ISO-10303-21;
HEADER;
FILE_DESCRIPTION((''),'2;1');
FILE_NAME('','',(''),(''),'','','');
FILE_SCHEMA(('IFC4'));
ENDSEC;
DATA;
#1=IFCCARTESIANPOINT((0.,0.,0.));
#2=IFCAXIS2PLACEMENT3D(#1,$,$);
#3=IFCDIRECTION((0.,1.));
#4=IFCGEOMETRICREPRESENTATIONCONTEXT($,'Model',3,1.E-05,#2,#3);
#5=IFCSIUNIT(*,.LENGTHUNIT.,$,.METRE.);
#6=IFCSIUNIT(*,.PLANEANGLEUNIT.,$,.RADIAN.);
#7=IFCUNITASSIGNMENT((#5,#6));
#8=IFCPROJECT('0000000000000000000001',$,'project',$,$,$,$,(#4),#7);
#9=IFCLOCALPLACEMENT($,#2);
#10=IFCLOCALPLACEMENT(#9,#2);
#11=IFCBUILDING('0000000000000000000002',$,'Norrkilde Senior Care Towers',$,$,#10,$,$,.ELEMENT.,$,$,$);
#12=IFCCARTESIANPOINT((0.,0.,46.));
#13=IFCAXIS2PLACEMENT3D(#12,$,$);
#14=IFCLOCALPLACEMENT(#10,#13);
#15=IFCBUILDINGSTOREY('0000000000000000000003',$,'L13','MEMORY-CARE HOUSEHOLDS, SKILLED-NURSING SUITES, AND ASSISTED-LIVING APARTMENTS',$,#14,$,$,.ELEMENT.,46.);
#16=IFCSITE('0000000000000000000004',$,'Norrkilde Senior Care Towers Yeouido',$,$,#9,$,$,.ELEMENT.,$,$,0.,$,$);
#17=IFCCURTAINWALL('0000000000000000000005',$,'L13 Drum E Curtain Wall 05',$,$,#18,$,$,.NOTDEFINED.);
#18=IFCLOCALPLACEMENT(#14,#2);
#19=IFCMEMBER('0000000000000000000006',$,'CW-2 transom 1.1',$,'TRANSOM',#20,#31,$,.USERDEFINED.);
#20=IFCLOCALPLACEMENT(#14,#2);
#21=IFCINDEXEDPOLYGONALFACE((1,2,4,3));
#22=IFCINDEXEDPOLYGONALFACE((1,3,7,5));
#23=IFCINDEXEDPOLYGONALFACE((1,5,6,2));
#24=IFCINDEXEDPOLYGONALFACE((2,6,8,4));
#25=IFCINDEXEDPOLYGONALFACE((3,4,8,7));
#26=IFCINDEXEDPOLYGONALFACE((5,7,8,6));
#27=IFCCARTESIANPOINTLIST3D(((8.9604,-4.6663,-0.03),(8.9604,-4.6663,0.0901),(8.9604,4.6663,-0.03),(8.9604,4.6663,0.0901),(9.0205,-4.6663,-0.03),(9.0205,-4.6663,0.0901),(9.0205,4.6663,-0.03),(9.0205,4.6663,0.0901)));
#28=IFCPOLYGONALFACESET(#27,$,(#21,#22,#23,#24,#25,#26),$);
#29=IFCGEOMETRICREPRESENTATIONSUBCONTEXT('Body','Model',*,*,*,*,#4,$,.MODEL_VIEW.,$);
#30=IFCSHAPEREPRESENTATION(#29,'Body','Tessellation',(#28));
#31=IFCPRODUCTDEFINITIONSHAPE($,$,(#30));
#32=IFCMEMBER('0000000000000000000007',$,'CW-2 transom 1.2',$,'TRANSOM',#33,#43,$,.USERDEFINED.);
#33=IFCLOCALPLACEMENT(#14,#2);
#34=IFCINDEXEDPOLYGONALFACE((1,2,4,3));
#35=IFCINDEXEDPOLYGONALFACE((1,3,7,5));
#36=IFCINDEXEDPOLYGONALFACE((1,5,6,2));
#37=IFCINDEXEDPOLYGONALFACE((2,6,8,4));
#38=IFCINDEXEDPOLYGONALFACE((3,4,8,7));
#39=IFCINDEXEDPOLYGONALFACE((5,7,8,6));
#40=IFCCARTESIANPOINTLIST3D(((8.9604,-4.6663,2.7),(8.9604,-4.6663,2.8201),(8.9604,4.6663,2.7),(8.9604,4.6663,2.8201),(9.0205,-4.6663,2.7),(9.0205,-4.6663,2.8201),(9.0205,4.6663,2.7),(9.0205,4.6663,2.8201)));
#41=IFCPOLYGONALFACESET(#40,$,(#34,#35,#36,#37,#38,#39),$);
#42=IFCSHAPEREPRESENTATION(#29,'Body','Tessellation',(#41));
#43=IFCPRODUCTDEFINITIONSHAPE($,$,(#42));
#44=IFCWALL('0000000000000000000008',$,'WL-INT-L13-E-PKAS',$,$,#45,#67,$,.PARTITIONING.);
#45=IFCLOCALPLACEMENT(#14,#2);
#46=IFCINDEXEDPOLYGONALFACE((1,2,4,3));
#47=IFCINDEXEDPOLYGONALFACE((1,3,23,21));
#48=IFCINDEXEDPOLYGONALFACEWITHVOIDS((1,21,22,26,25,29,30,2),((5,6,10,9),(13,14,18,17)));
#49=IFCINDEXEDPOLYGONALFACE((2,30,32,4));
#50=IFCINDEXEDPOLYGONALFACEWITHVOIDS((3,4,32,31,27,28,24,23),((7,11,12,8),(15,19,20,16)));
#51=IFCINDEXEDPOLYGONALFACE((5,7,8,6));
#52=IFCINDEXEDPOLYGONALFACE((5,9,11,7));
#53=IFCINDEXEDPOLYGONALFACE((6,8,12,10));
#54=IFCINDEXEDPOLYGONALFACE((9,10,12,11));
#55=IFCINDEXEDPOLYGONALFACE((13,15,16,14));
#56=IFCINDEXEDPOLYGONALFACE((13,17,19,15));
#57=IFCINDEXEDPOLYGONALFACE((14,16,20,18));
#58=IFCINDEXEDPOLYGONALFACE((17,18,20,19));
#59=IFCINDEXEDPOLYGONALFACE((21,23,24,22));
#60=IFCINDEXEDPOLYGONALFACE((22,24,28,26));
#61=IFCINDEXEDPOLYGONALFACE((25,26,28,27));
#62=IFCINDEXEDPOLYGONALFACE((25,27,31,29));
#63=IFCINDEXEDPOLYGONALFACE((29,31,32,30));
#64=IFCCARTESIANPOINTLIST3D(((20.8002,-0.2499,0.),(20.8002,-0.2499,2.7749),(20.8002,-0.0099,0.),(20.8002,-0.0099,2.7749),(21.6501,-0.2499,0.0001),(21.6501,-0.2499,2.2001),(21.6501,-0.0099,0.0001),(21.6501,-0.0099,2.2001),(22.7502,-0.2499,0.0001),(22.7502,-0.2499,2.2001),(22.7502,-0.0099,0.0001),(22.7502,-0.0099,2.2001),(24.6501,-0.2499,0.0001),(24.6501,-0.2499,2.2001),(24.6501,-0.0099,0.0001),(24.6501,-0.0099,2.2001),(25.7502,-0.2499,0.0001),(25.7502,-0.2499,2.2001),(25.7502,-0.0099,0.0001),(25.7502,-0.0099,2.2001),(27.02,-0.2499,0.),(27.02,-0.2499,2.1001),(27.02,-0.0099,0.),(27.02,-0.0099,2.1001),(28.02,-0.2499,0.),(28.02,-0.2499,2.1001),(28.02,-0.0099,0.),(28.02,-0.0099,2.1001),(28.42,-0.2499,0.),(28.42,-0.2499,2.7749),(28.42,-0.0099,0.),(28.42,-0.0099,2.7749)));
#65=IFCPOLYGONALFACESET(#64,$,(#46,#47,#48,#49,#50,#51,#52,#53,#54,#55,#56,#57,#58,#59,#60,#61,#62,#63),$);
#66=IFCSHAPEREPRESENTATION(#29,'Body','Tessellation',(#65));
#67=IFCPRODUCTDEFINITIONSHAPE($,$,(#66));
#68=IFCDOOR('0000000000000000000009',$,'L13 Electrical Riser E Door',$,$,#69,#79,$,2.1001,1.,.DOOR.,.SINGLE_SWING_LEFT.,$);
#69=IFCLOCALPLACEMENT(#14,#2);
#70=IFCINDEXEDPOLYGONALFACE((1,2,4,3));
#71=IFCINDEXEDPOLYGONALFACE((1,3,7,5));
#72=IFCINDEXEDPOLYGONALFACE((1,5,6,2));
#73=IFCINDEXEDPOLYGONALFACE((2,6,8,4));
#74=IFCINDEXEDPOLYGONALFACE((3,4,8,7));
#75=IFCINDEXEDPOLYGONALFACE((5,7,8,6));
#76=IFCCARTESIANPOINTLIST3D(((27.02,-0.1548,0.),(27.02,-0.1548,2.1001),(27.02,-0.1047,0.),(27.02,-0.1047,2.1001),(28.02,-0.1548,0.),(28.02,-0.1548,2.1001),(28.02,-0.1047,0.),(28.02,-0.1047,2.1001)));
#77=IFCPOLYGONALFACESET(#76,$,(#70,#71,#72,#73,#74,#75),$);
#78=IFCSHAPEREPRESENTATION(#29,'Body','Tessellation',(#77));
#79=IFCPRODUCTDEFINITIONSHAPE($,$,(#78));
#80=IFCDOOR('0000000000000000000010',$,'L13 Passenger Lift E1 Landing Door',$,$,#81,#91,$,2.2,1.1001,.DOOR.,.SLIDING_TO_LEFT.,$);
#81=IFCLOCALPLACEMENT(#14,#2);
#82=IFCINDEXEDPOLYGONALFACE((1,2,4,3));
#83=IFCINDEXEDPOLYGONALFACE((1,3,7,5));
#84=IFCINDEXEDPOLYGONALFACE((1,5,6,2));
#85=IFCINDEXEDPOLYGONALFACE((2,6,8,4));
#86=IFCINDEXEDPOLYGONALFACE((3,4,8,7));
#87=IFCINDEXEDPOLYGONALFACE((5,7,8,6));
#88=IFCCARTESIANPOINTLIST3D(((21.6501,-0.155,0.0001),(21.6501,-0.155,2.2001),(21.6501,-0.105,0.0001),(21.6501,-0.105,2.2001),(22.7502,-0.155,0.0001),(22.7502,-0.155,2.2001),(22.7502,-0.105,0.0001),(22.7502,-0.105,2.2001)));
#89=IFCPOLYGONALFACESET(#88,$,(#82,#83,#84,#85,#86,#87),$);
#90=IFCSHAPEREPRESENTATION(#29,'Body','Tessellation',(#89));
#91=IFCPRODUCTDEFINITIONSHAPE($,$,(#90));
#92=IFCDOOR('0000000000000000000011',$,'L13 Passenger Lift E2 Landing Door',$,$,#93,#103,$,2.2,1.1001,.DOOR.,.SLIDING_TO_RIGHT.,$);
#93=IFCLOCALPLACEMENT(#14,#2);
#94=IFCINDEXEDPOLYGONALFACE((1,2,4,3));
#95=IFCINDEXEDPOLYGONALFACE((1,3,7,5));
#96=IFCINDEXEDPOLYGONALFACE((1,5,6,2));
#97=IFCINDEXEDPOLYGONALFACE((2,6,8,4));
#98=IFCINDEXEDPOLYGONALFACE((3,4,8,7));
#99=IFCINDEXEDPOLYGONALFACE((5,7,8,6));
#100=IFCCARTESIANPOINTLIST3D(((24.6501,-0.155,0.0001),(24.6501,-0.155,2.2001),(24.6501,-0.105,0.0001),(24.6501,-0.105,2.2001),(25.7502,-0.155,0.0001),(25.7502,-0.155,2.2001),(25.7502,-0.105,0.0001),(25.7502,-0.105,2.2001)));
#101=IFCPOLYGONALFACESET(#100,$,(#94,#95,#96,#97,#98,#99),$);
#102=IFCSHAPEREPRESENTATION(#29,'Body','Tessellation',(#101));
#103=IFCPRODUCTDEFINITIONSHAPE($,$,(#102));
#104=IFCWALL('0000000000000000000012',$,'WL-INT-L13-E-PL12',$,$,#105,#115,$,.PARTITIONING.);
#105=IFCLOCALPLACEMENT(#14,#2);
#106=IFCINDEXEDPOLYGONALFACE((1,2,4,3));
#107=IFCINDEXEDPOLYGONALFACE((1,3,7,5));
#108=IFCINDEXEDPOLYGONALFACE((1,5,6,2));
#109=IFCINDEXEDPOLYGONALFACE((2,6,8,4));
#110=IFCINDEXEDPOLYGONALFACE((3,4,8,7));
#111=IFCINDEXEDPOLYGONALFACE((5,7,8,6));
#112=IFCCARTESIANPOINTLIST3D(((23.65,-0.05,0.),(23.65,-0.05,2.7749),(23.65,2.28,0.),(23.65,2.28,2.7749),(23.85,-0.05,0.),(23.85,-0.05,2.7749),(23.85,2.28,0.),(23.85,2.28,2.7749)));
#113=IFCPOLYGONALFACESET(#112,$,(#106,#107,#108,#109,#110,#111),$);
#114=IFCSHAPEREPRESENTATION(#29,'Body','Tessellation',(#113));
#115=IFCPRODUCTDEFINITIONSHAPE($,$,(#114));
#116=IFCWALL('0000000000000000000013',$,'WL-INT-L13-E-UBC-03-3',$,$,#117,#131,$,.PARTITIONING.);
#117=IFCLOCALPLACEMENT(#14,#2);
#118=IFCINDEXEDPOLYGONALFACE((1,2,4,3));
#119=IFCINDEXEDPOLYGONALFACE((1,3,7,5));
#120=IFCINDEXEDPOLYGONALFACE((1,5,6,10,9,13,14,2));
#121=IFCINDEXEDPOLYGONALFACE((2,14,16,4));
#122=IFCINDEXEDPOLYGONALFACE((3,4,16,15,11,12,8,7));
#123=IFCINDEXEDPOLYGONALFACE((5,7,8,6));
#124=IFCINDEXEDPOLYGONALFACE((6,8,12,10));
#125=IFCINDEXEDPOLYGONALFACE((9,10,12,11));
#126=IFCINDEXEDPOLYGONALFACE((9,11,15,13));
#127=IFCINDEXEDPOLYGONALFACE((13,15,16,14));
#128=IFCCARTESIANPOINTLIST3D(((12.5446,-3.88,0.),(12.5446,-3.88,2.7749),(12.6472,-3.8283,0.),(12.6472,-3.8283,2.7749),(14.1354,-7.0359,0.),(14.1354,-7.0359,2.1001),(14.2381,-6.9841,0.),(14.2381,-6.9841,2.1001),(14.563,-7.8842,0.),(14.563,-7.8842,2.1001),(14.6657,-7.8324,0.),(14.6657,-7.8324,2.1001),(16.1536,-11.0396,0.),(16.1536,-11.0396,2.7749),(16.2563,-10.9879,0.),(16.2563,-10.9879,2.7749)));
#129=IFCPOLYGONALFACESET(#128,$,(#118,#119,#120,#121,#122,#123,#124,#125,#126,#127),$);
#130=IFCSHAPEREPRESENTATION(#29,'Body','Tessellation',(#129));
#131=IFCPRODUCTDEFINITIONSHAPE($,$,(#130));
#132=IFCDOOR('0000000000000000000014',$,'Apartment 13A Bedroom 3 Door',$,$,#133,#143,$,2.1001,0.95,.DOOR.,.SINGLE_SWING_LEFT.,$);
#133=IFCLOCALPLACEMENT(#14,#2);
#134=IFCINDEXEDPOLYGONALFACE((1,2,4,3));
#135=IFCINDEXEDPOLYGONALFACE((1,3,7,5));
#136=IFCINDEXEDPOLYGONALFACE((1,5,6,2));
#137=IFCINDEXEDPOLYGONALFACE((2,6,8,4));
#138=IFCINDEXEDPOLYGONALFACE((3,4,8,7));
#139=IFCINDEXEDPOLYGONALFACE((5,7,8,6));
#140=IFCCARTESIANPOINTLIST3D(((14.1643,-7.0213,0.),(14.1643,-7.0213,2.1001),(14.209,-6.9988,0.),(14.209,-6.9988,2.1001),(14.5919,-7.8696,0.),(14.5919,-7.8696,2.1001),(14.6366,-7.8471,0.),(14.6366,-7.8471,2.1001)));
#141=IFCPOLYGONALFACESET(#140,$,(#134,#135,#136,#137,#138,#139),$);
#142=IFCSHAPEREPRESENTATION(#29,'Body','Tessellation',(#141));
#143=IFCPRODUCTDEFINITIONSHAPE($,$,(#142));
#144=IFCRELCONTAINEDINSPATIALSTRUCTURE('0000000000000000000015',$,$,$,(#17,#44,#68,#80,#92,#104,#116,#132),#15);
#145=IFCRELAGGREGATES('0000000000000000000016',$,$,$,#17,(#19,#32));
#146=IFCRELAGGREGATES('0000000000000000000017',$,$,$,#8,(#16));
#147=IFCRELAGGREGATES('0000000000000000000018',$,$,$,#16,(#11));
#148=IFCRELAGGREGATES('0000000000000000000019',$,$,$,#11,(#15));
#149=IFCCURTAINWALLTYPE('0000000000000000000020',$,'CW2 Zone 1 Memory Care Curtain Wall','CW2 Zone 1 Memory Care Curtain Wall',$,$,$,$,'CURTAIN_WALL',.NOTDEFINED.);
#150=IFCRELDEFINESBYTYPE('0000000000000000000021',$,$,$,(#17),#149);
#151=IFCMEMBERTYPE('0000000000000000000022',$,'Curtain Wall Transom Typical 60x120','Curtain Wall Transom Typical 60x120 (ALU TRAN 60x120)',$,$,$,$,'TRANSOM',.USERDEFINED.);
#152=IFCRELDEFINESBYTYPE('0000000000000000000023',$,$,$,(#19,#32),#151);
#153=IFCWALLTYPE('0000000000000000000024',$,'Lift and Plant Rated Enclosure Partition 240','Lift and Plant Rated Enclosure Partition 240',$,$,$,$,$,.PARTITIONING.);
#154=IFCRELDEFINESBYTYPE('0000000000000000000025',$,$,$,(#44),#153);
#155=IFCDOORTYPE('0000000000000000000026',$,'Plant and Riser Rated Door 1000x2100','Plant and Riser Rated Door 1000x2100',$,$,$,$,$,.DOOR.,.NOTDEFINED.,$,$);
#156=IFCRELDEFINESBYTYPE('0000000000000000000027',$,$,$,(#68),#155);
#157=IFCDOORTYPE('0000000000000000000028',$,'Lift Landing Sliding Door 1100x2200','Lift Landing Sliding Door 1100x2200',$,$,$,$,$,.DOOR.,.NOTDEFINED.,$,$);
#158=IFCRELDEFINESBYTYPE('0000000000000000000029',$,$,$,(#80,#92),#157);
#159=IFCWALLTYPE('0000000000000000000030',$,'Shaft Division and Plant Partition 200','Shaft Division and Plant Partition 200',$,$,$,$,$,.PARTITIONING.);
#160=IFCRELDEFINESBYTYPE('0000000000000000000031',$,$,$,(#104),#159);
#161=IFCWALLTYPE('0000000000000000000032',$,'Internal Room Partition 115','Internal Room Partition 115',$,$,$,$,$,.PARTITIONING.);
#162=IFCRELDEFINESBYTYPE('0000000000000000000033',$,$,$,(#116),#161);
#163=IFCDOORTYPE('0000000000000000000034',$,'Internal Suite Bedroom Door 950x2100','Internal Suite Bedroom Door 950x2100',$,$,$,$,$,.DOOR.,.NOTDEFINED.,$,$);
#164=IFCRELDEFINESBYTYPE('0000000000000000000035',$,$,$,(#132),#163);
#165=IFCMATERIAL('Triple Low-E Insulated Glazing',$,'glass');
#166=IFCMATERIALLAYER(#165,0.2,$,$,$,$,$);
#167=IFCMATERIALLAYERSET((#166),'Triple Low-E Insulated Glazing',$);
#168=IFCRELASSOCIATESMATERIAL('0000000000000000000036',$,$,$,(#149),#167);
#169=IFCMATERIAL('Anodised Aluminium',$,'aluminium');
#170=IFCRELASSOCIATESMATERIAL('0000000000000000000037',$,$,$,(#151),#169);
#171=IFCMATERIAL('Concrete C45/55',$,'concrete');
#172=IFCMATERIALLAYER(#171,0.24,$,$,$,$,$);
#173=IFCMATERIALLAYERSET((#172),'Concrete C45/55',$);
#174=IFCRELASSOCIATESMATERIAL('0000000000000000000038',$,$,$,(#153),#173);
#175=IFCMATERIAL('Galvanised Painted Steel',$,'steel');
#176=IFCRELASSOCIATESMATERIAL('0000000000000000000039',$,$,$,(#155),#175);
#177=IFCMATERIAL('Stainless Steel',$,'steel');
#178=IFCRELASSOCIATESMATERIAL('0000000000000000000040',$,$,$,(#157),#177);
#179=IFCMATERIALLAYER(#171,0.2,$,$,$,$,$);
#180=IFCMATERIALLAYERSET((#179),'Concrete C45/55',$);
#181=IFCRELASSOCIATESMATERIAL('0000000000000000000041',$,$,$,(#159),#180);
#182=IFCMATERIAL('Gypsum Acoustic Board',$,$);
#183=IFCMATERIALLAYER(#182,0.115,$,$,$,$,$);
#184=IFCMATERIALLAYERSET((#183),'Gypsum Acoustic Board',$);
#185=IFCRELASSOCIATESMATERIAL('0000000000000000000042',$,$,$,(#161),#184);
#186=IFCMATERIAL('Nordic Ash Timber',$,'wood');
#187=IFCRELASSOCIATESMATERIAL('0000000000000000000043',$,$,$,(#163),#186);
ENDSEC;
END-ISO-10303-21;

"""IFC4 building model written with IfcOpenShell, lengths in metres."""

from ifc_helpers import new_model, si_unit, direction, frame, frame_2d, origin, origin_2d, place, context, subcontext, project, spatial, rectangle, extrude, source, transform, mapped, material, layer, layer_set, material_profile, profile_set, type_object, type_shapes, element, fill, aggregate, save


model = new_model("IFC4")

# Units and contexts
model_context = context("Model", 3, precision=1e-05, world=origin(), true_north=direction((0.0, 1.0)))
body_context = subcontext(model_context, "Body", "Model", "MODEL_VIEW")
ifc_project = project(units=[si_unit("LENGTHUNIT", "METRE"), si_unit("PLANEANGLEUNIT", "RADIAN")], contexts=[model_context])

# Site, building, storey
site_placement = place(None, origin())
site = spatial("IfcSite", under=ifc_project, at=site_placement, Name="Norrkilde Senior Care Towers Yeouido", CompositionType="ELEMENT", RefElevation=0.0)
building_placement = place(site_placement, origin())
building = spatial("IfcBuilding", under=site, at=building_placement, Name="Norrkilde Senior Care Towers", CompositionType="ELEMENT")
storey_placement = place(building_placement, frame((0.0, 0.0, 46.0)))
storey = spatial("IfcBuildingStorey", under=building, at=storey_placement, Name="L13", Description="MEMORY-CARE HOUSEHOLDS, SKILLED-NURSING SUITES, AND ASSISTED-LIVING APARTMENTS", CompositionType="ELEMENT", Elevation=46.0)

# Curtain wall
ifc_material_1 = material(Name="Triple Low-E Insulated Glazing", Category="glass")
ifc_layer_1 = layer(ifc_material_1, 0.2)
ifc_layer_set_1 = layer_set([ifc_layer_1], Name="Triple Low-E Insulated Glazing")
curtain_wall_type = type_object("IfcCurtainWallType", Name="CW2 Zone 1 Memory Care Curtain Wall", Description="CW2 Zone 1 Memory Care Curtain Wall", ElementType="CURTAIN_WALL", PredefinedType="NOTDEFINED", material=ifc_layer_set_1)
curtain_wall_1_placement = place(storey_placement, origin())
curtain_wall_1 = element("IfcCurtainWall", 1, at=curtain_wall_1_placement, inside=storey, type_object=curtain_wall_type, Name="L13 Drum E Curtain Wall 05", PredefinedType="NOTDEFINED")
ifc_material_2 = material(Name="Anodised Aluminium", Category="aluminium")

# Members
ifc_material_profile_1 = material_profile(ifc_material_2, rectangle(XDim=0.0601, YDim=0.1201, at=origin_2d()), Name="ALU TRAN 60x120")
ifc_profile_set_1 = profile_set([ifc_material_profile_1], Name="Anodised Aluminium")
member_type_1 = type_object("IfcMemberType", Name="Curtain Wall Transom Typical 60x120", Description="Curtain Wall Transom Typical 60x120 (ALU TRAN 60x120)", ElementType="TRANSOM", PredefinedType="USERDEFINED", material=ifc_profile_set_1)
shared_shape_1 = source(origin(), body_context, "Body", "SweptSolid", [
    extrude(rectangle(XDim=0.0601, YDim=0.1201, at=origin_2d()), origin(), (0.0, 0.0, 1.0), 9.3325),
])
type_shapes(member_type_1, [shared_shape_1])
member_1_placement = place(storey_placement, frame((8.9905, -4.6663, 0.03), z_axis=(0.0, 1.0, 0.0), x_axis=(-1.0, 0.0, 0.0)))
member_1 = element("IfcMember", 2, at=member_1_placement, type_object=member_type_1, Name="CW-2 transom 1.1", ObjectType="TRANSOM", PredefinedType="USERDEFINED", context=body_context, shape_type="MappedRepresentation", body=[
    mapped(shared_shape_1, transform((0.0, 0.0, 0.0), x_axis=(1.0, 0.0, 0.0), y_axis=(0.0, 1.0, 0.0), z_axis=(0.0, 0.0, 1.0), scale=1.0)),
])
member_2_placement = place(storey_placement, frame((8.9905, -4.6663, 2.76), z_axis=(0.0, 1.0, 0.0), x_axis=(-1.0, 0.0, 0.0)))
member_2 = element("IfcMember", 3, at=member_2_placement, type_object=member_type_1, Name="CW-2 transom 1.2", ObjectType="TRANSOM", PredefinedType="USERDEFINED", context=body_context, shape_type="MappedRepresentation", body=[
    mapped(shared_shape_1, transform((0.0, 0.0, 0.0), x_axis=(1.0, 0.0, 0.0), y_axis=(0.0, 1.0, 0.0), z_axis=(0.0, 0.0, 1.0), scale=1.0)),
])
aggregate(curtain_wall_1, [member_1, member_2])

# Shared definitions
ifc_material_3 = material(Name="Galvanised Painted Steel", Category="steel")

# Wall, openings, doors
ifc_material_4 = material(Name="Concrete C45/55", Category="concrete")
ifc_layer_2 = layer(ifc_material_4, 0.24)
ifc_layer_set_2 = layer_set([ifc_layer_2], Name="Concrete C45/55")
wall_type_1 = type_object("IfcWallType", Name="Lift and Plant Rated Enclosure Partition 240", Description="Lift and Plant Rated Enclosure Partition 240", PredefinedType="PARTITIONING", material=ifc_layer_set_2)
shared_shape_2 = source(origin(), body_context, "Body", "SweptSolid", [
    extrude(rectangle(XDim=7.6199, YDim=0.24, at=frame_2d((3.8101, 0.0))), origin(), (0.0, 0.0, 1.0), 2.7749),
])
type_shapes(wall_type_1, [shared_shape_2])
wall_1_placement = place(storey_placement, frame((20.8, -0.1299, 0.0), z_axis=(0.0, 0.0, 1.0), x_axis=(1.0, 0.0, 0.0)))
wall_1 = element("IfcWall", 4, at=wall_1_placement, inside=storey, type_object=wall_type_1, Name="WL-INT-L13-E-PKAS", PredefinedType="PARTITIONING", context=body_context, shape_type="MappedRepresentation", body=[
    mapped(shared_shape_2, transform((0.0, 0.0, 0.0), x_axis=(1.0, 0.0, 0.0), y_axis=(0.0, 1.0, 0.0), z_axis=(0.0, 0.0, 1.0), scale=1.0)),
])
opening_1_placement = place(wall_1_placement, frame((6.22, 0.0, 0.0)))
opening_1 = element("IfcOpeningElement", 5, at=opening_1_placement, cuts=wall_1, PredefinedType="OPENING", context=body_context, shape_type="SweptSolid", body=[
    extrude(rectangle(XDim=1.0, YDim=2.1001, at=frame_2d((0.5, 1.05))), frame((0.0, 0.1299, 0.0), z_axis=(0.0, -1.0, 0.0), x_axis=(1.0, 0.0, 0.0)), (0.0, 0.0, 1.0), 0.26),
])
opening_2_placement = place(wall_1_placement, frame((0.8501, 0.0, 0.0)))
opening_2 = element("IfcOpeningElement", 6, at=opening_2_placement, cuts=wall_1, PredefinedType="OPENING", context=body_context, shape_type="SweptSolid", body=[
    extrude(rectangle(XDim=1.1001, YDim=2.2, at=frame_2d((0.55, 1.1001))), frame((0.0, 0.1299, 0.0), z_axis=(0.0, -1.0, 0.0), x_axis=(1.0, 0.0, 0.0)), (0.0, 0.0, 1.0), 0.26),
])
opening_3_placement = place(wall_1_placement, frame((3.8501, 0.0, 0.0)))
opening_3 = element("IfcOpeningElement", 7, at=opening_3_placement, cuts=wall_1, PredefinedType="OPENING", context=body_context, shape_type="SweptSolid", body=[
    extrude(rectangle(XDim=1.1001, YDim=2.2, at=frame_2d((0.55, 1.1001))), frame((0.0, 0.1299, 0.0), z_axis=(0.0, -1.0, 0.0), x_axis=(1.0, 0.0, 0.0)), (0.0, 0.0, 1.0), 0.26),
])
door_type_1 = type_object("IfcDoorType", Name="Plant and Riser Rated Door 1000x2100", Description="Plant and Riser Rated Door 1000x2100", OperationType="NOTDEFINED", PredefinedType="DOOR", material=ifc_material_3)
shared_shape_3 = source(origin(), body_context, "Body", "SweptSolid", [
    extrude(rectangle(XDim=1.0, YDim=2.1001, at=frame_2d((0.5, 1.05))), frame((0.0, 0.0249, 0.0), z_axis=(0.0, -1.0, 0.0), x_axis=(1.0, 0.0, 0.0)), (0.0, 0.0, 1.0), 0.05),
])
type_shapes(door_type_1, [shared_shape_3])
door_1_placement = place(opening_1_placement, frame((1.0, 0.0, 0.0), z_axis=(0.0, 0.0, 1.0), x_axis=(-1.0, 0.0, 0.0)))
door_1 = element("IfcDoor", 8, at=door_1_placement, inside=storey, type_object=door_type_1, Name="L13 Electrical Riser E Door", OperationType="SINGLE_SWING_LEFT", OverallHeight=2.1001, OverallWidth=1.0, PredefinedType="DOOR", context=body_context, shape_type="MappedRepresentation", body=[
    mapped(shared_shape_3, transform((0.0, 0.0, 0.0), x_axis=(1.0, 0.0, 0.0), y_axis=(0.0, 1.0, 0.0), z_axis=(0.0, 0.0, 1.0), scale=1.0)),
])
fill(opening_1, door_1)
ifc_material_5 = material(Name="Stainless Steel", Category="steel")
door_type_2 = type_object("IfcDoorType", Name="Lift Landing Sliding Door 1100x2200", Description="Lift Landing Sliding Door 1100x2200", OperationType="NOTDEFINED", PredefinedType="DOOR", material=ifc_material_5)
shared_shape_4 = source(origin(), body_context, "Body", "SweptSolid", [
    extrude(rectangle(XDim=1.1001, YDim=2.2, at=frame_2d((0.55, 1.1001))), frame((0.0, 0.0249, 0.0), z_axis=(0.0, -1.0, 0.0), x_axis=(1.0, 0.0, 0.0)), (0.0, 0.0, 1.0), 0.05),
])
type_shapes(door_type_2, [shared_shape_4])
door_2_placement = place(opening_2_placement, origin())
door_2 = element("IfcDoor", 9, at=door_2_placement, inside=storey, type_object=door_type_2, Name="L13 Passenger Lift E1 Landing Door", OperationType="SLIDING_TO_LEFT", OverallHeight=2.2, OverallWidth=1.1001, PredefinedType="DOOR", context=body_context, shape_type="MappedRepresentation", body=[
    mapped(shared_shape_4, transform((0.0, 0.0, 0.0), x_axis=(1.0, 0.0, 0.0), y_axis=(0.0, 1.0, 0.0), z_axis=(0.0, 0.0, 1.0), scale=1.0)),
])
fill(opening_2, door_2)
door_3_placement = place(opening_3_placement, origin())
door_3 = element("IfcDoor", 10, at=door_3_placement, inside=storey, type_object=door_type_2, Name="L13 Passenger Lift E2 Landing Door", OperationType="SLIDING_TO_RIGHT", OverallHeight=2.2, OverallWidth=1.1001, PredefinedType="DOOR", context=body_context, shape_type="MappedRepresentation", body=[
    mapped(shared_shape_4, transform((0.0, 0.0, 0.0), x_axis=(1.0, 0.0, 0.0), y_axis=(0.0, 1.0, 0.0), z_axis=(0.0, 0.0, 1.0), scale=1.0)),
])
fill(opening_3, door_3)

# Wall
ifc_layer_3 = layer(ifc_material_4, 0.2)
ifc_layer_set_3 = layer_set([ifc_layer_3], Name="Concrete C45/55")
wall_type_2 = type_object("IfcWallType", Name="Shaft Division and Plant Partition 200", Description="Shaft Division and Plant Partition 200", PredefinedType="PARTITIONING", material=ifc_layer_set_3)
shared_shape_5 = source(origin(), body_context, "Body", "SweptSolid", [
    extrude(rectangle(XDim=2.3301, YDim=0.2, at=frame_2d((1.165, 0.0))), origin(), (0.0, 0.0, 1.0), 2.7749),
])
type_shapes(wall_type_2, [shared_shape_5])
wall_2_placement = place(storey_placement, frame((23.75, -0.05, 0.0), z_axis=(0.0, 0.0, 1.0), x_axis=(0.0, 1.0, 0.0)))
element("IfcWall", 11, at=wall_2_placement, inside=storey, type_object=wall_type_2, Name="WL-INT-L13-E-PL12", PredefinedType="PARTITIONING", context=body_context, shape_type="MappedRepresentation", body=[
    mapped(shared_shape_5, transform((0.0, 0.0, 0.0), x_axis=(1.0, 0.0, 0.0), y_axis=(0.0, 1.0, 0.0), z_axis=(0.0, 0.0, 1.0), scale=1.0)),
])

# Wall, opening, door
ifc_material_6 = material(Name="Gypsum Acoustic Board")
ifc_layer_4 = layer(ifc_material_6, 0.115)
ifc_layer_set_4 = layer_set([ifc_layer_4], Name="Gypsum Acoustic Board")
wall_type_3 = type_object("IfcWallType", Name="Internal Room Partition 115", Description="Internal Room Partition 115", PredefinedType="PARTITIONING", material=ifc_layer_set_4)
shared_shape_6 = source(origin(), body_context, "Body", "SweptSolid", [
    extrude(rectangle(XDim=8.0178, YDim=0.115, at=frame_2d((4.0088, 0.0))), origin(), (0.0, 0.0, 1.0), 2.7749),
])
wall_3_placement = place(storey_placement, frame((12.5959, -3.8542, 0.0), z_axis=(0.0, 0.0, 1.0), x_axis=(0.450134, -0.892961, 0.0)))
wall_3 = element("IfcWall", 12, at=wall_3_placement, inside=storey, type_object=wall_type_3, Name="WL-INT-L13-E-UBC-03-3", PredefinedType="PARTITIONING", context=body_context, shape_type="MappedRepresentation", body=[
    mapped(shared_shape_6, transform((0.0, 0.0, 0.0), x_axis=(1.0, 0.0, 0.0), y_axis=(0.0, 1.0, 0.0), z_axis=(0.0, 0.0, 1.0), scale=1.0)),
])
opening_4_placement = place(wall_3_placement, frame((3.5339, 0.0, 0.0)))
opening_4 = element("IfcOpeningElement", 13, at=opening_4_placement, cuts=wall_3, PredefinedType="OPENING", context=body_context, shape_type="SweptSolid", body=[
    extrude(rectangle(XDim=0.95, YDim=2.1001, at=frame_2d((0.4751, 1.05))), frame((0.0, 0.0674, 0.0), z_axis=(0.0, -1.0, 0.0), x_axis=(1.0, 0.0, 0.0)), (0.0, 0.0, 1.0), 0.135),
])
ifc_material_7 = material(Name="Nordic Ash Timber", Category="wood")
door_type_3 = type_object("IfcDoorType", Name="Internal Suite Bedroom Door 950x2100", Description="Internal Suite Bedroom Door 950x2100", OperationType="NOTDEFINED", PredefinedType="DOOR", material=ifc_material_7)
shared_shape_7 = source(origin(), body_context, "Body", "SweptSolid", [
    extrude(rectangle(XDim=0.95, YDim=2.1001, at=frame_2d((0.4751, 1.05))), frame((0.0, 0.0249, 0.0), z_axis=(0.0, -1.0, 0.0), x_axis=(1.0, 0.0, 0.0)), (0.0, 0.0, 1.0), 0.05),
])
type_shapes(door_type_3, [shared_shape_7])
door_4_placement = place(opening_4_placement, origin())
door_4 = element("IfcDoor", 14, at=door_4_placement, inside=storey, type_object=door_type_3, Name="Apartment 13A Bedroom 3 Door", OperationType="SINGLE_SWING_LEFT", OverallHeight=2.1001, OverallWidth=0.95, PredefinedType="DOOR", context=body_context, shape_type="MappedRepresentation", body=[
    mapped(shared_shape_7, transform((0.0, 0.0, 0.0), x_axis=(1.0, 0.0, 0.0), y_axis=(0.0, 1.0, 0.0), z_axis=(0.0, 0.0, 1.0), scale=1.0)),
])
fill(opening_4, door_4)

save(model, "model.ifc")
